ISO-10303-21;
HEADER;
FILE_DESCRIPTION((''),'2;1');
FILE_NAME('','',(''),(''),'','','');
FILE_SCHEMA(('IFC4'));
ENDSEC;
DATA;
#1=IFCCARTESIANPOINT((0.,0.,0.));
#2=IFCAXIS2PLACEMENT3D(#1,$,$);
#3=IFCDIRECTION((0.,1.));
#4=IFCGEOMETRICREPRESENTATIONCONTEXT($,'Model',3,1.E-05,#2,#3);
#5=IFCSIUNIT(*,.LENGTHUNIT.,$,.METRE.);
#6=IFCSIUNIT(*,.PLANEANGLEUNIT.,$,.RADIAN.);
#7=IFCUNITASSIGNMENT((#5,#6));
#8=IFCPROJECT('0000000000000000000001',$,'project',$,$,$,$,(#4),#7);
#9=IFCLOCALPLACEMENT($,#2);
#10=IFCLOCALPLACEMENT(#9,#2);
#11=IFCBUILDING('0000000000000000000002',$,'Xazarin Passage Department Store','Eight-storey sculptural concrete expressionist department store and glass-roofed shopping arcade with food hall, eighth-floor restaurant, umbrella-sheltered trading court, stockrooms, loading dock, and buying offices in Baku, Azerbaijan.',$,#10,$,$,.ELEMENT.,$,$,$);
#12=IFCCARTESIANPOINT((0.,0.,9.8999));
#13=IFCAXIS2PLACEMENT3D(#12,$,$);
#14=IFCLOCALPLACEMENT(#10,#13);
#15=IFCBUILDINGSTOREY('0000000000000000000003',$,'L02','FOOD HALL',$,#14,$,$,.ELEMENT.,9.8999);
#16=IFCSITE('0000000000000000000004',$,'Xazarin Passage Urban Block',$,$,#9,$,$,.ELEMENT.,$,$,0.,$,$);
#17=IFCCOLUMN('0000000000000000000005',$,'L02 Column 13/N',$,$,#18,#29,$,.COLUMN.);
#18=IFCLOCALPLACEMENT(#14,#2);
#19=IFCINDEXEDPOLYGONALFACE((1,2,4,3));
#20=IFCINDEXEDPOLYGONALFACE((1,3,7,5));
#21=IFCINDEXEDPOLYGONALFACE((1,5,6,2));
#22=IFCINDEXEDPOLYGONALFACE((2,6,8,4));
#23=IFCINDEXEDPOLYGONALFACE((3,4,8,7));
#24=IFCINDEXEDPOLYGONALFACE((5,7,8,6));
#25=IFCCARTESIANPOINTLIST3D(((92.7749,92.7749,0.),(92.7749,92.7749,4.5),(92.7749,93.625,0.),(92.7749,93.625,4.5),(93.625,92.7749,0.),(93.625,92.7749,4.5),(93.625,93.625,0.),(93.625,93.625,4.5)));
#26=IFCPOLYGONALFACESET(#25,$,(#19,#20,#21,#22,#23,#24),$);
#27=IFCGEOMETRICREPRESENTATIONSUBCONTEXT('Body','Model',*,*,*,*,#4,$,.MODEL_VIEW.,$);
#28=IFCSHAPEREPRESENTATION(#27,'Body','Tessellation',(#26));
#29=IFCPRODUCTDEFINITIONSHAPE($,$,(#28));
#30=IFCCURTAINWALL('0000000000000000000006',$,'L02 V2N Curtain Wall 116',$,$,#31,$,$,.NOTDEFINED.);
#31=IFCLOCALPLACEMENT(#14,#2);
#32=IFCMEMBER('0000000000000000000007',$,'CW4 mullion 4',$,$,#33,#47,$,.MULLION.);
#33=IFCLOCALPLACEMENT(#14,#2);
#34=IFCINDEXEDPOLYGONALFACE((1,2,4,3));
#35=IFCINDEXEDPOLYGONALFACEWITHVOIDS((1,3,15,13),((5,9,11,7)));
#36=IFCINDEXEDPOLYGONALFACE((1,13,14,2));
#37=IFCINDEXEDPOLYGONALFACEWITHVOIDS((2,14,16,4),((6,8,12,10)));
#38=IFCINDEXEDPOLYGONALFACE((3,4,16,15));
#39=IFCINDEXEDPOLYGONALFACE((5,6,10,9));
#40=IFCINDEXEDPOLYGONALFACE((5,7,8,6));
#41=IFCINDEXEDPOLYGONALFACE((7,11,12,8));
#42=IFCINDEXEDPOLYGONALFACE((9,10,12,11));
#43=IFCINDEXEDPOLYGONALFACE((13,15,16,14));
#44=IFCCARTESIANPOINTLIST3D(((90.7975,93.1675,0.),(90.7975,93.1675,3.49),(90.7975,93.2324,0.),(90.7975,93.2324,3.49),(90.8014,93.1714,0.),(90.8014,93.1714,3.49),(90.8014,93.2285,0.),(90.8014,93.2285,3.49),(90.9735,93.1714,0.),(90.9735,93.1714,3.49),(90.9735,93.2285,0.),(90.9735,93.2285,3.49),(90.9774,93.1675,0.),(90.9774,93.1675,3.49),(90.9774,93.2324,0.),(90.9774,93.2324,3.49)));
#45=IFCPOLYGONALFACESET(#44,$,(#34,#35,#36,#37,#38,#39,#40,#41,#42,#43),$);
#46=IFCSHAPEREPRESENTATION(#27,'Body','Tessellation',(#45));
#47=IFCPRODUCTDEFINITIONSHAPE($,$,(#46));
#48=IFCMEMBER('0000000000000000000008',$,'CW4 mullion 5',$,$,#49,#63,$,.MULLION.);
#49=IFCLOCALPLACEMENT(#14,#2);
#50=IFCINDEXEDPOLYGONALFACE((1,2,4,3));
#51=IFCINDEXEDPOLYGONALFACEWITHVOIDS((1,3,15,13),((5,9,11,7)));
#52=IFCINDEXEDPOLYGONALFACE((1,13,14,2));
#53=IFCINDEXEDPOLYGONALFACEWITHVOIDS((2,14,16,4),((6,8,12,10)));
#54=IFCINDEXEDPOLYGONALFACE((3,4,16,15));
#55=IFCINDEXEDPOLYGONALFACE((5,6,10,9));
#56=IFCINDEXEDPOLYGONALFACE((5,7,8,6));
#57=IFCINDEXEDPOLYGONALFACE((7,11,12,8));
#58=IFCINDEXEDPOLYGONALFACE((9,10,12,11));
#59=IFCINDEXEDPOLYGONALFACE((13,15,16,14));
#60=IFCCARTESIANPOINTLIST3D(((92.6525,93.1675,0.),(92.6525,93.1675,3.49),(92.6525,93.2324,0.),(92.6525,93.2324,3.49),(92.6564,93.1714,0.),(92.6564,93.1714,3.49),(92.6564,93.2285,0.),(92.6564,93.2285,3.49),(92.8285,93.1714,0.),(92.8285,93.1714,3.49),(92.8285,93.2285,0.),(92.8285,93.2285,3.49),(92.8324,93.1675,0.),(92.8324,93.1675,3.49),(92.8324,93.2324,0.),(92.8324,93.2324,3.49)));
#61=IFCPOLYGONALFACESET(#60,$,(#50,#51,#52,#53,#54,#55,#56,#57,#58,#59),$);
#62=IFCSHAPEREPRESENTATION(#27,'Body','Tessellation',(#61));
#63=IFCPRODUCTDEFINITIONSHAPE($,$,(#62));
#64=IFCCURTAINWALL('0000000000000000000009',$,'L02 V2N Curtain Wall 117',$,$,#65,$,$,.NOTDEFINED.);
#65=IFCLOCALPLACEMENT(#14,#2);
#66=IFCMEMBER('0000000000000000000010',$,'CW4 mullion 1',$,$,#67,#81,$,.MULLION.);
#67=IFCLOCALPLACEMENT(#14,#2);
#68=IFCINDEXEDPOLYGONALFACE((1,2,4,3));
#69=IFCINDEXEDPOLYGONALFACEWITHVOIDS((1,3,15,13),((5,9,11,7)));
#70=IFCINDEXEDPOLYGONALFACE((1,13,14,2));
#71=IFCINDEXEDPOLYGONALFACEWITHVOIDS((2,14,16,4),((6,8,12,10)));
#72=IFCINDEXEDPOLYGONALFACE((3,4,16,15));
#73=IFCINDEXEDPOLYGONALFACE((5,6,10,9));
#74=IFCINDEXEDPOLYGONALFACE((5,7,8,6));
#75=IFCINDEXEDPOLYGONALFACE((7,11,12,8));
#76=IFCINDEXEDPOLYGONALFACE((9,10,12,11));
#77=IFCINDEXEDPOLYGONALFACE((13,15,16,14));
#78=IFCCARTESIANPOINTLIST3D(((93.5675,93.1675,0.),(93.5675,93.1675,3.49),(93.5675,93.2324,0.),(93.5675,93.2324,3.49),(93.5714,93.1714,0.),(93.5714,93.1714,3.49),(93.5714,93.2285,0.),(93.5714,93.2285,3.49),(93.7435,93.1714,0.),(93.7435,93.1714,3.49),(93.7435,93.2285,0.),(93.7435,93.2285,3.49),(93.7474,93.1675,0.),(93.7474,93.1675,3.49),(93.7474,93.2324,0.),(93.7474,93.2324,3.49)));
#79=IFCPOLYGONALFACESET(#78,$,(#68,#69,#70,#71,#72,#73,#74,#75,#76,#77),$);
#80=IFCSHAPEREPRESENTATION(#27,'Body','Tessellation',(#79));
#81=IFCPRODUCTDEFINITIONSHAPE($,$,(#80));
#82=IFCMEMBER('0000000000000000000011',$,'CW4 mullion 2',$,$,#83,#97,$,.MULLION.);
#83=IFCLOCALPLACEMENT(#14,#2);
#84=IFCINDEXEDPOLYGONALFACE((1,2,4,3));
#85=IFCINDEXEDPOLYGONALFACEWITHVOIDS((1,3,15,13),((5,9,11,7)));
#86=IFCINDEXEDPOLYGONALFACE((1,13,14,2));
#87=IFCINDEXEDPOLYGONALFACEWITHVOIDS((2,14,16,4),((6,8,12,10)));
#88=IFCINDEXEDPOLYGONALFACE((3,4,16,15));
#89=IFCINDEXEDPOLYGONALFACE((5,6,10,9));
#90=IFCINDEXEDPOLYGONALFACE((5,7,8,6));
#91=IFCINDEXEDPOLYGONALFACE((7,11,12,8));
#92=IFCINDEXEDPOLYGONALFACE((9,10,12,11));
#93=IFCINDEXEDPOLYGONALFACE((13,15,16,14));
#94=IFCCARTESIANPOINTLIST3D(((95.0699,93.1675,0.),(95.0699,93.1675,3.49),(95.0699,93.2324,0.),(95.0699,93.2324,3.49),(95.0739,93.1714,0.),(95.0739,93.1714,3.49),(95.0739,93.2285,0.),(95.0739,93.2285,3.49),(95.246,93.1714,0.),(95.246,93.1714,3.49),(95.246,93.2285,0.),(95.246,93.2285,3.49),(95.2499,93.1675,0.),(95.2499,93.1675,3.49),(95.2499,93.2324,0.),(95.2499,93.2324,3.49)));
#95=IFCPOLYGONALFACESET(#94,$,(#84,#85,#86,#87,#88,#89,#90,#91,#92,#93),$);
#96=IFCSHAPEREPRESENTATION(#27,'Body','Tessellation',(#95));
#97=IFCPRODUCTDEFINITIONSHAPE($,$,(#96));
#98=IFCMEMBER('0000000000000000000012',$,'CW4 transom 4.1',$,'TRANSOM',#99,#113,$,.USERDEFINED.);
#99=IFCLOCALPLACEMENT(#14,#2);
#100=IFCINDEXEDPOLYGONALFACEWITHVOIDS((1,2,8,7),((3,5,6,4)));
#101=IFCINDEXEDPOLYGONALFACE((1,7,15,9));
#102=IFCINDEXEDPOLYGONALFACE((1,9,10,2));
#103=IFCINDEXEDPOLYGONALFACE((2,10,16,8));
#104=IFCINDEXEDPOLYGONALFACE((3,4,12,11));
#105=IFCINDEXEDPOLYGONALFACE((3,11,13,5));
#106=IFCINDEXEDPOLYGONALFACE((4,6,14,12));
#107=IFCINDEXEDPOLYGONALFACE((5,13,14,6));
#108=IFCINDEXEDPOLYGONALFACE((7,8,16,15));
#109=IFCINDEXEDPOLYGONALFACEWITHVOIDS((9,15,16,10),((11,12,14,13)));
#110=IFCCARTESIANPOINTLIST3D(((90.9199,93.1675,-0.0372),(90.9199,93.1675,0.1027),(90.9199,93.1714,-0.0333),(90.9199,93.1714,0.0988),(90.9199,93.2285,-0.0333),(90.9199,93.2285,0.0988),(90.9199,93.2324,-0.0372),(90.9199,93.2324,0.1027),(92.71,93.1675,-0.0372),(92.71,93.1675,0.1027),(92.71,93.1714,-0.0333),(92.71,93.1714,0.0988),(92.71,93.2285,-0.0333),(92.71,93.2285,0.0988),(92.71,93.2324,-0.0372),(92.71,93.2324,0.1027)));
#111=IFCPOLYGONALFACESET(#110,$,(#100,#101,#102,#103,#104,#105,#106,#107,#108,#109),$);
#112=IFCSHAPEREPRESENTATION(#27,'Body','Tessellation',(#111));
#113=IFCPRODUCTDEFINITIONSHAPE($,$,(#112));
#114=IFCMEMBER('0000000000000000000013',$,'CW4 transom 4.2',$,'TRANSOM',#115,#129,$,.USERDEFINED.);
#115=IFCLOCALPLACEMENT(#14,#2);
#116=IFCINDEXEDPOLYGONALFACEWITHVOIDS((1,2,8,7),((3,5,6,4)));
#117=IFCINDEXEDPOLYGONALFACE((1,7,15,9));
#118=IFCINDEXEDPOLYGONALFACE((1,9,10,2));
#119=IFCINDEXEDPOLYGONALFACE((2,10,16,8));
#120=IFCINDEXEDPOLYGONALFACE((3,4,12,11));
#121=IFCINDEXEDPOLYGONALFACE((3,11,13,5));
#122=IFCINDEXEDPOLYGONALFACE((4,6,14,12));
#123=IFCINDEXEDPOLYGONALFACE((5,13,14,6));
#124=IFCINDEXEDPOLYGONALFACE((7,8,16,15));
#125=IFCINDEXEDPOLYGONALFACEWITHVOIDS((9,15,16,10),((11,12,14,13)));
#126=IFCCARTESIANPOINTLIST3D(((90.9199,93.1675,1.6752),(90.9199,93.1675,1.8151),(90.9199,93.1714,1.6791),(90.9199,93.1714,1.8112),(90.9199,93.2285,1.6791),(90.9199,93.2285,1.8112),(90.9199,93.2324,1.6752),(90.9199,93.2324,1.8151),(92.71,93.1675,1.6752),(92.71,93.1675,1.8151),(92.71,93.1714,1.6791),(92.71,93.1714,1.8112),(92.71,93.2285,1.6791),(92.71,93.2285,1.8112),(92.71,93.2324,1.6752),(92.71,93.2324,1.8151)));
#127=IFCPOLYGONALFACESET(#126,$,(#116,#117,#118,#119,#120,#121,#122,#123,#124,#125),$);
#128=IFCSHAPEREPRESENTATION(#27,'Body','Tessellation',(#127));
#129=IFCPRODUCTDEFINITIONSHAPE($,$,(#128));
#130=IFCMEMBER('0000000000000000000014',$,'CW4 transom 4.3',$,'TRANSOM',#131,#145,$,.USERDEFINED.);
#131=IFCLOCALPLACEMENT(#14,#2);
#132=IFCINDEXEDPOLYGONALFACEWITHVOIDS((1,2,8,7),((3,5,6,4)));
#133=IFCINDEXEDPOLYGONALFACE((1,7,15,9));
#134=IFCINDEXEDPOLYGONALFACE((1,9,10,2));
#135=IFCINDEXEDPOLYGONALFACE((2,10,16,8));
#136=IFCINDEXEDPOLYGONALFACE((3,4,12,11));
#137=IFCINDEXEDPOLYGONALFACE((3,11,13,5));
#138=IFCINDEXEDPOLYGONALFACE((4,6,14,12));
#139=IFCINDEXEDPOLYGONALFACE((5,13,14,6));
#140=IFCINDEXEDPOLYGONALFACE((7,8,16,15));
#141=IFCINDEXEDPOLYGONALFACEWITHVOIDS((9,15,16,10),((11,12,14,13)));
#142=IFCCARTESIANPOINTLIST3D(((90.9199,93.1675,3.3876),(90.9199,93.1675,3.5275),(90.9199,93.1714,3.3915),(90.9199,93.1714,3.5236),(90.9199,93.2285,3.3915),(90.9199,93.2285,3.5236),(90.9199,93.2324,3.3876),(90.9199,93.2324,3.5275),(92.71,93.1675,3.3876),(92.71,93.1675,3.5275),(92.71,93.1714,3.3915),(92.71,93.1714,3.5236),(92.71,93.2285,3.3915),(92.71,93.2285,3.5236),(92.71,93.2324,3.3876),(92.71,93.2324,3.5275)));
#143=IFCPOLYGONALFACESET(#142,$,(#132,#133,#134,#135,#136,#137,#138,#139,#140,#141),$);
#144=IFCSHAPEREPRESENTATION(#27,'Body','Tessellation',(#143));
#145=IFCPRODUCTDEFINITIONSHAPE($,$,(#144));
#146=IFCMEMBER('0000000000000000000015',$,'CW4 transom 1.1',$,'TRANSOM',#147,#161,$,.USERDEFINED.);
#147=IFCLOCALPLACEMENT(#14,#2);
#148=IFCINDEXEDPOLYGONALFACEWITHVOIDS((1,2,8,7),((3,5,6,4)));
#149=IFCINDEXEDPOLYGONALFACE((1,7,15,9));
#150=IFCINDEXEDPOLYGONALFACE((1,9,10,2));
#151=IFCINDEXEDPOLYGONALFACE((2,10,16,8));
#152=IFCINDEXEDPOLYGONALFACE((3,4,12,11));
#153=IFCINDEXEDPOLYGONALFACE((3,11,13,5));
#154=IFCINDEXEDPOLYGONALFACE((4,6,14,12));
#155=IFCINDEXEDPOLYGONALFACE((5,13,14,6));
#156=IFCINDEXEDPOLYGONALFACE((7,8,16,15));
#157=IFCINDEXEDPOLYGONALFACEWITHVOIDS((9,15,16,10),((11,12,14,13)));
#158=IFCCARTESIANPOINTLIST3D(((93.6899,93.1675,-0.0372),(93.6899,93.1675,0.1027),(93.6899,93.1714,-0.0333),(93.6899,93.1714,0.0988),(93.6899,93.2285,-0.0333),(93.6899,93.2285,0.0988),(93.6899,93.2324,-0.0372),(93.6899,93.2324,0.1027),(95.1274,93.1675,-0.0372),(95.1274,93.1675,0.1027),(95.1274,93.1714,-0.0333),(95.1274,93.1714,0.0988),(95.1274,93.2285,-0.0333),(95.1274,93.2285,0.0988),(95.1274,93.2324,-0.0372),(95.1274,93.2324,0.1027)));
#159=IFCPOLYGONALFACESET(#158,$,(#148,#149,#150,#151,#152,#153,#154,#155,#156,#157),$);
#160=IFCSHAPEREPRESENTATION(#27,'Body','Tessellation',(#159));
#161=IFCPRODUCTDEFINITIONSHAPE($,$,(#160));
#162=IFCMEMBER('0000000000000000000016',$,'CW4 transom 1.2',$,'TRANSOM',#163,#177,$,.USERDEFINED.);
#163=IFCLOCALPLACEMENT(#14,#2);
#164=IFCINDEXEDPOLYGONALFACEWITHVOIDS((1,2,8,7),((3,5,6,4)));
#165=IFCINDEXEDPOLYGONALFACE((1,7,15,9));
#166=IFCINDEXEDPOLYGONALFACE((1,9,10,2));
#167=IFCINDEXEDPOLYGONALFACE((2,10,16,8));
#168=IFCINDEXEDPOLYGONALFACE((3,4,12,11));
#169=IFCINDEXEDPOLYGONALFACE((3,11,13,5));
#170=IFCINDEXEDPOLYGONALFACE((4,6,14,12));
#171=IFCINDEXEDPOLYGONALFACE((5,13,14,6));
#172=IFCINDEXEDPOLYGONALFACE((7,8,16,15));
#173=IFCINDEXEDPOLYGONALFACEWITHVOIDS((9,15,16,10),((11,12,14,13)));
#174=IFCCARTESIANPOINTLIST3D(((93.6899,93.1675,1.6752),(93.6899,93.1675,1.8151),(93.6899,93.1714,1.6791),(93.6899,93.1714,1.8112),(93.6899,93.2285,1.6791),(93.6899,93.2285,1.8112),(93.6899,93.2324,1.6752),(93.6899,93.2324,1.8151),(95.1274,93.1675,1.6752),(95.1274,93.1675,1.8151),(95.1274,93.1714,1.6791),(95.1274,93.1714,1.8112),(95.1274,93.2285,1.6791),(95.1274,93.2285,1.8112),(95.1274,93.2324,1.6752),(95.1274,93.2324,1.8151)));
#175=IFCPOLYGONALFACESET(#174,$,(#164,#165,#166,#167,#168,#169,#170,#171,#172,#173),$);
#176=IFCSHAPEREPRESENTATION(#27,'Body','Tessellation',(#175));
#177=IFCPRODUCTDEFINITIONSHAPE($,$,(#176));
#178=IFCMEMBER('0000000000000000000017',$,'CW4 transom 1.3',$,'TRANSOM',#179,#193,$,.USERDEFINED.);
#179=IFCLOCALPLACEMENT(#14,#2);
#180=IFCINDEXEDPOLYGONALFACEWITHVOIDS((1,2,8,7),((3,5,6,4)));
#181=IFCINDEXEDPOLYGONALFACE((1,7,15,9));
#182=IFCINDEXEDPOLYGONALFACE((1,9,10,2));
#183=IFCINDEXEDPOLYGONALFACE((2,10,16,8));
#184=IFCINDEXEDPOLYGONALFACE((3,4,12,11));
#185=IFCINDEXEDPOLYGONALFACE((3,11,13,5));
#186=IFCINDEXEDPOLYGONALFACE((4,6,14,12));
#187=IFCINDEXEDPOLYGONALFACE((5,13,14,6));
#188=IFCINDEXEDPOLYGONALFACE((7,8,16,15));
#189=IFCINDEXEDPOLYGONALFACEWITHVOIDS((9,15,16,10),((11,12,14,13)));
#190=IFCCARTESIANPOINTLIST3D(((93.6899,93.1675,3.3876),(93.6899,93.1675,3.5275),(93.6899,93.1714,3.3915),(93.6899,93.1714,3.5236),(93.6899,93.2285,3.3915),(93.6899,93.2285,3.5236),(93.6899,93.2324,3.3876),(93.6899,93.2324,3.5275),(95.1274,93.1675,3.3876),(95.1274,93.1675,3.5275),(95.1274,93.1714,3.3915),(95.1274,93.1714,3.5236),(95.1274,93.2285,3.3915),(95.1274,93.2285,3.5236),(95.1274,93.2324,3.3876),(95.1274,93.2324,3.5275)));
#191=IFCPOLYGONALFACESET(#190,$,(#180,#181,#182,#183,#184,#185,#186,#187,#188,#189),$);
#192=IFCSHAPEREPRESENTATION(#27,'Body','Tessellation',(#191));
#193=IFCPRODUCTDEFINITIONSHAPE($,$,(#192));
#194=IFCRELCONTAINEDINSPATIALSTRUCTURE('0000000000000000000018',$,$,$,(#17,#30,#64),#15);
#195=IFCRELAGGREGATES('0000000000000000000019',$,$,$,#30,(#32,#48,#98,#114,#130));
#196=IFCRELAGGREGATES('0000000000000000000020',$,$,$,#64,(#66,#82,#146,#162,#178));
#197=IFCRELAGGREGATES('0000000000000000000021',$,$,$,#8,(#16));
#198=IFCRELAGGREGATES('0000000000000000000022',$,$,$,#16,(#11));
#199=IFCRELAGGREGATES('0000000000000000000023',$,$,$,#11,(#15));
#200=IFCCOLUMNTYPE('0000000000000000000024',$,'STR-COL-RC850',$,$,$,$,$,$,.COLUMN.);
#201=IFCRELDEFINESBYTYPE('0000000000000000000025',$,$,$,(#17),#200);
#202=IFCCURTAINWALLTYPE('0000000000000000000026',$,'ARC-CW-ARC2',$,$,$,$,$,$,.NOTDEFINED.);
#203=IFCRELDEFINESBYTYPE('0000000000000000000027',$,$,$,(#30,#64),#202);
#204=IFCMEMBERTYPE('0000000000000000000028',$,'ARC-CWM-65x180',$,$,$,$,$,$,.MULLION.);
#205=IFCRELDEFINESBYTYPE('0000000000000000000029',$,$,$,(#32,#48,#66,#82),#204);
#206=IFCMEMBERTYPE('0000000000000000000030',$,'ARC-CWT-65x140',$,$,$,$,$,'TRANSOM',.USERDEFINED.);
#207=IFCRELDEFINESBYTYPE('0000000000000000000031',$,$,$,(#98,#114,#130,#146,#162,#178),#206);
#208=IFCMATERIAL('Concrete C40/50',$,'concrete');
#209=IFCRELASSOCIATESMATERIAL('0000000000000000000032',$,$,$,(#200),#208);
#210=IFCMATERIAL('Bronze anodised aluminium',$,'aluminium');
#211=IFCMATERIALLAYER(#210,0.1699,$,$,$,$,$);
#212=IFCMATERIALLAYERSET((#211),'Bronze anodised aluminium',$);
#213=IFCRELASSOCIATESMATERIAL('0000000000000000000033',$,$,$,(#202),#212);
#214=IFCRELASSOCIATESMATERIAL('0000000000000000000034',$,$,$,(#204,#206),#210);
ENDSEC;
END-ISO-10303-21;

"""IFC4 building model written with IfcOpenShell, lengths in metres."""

from ifc_helpers import new_model, si_unit, direction, frame, origin, origin_2d, place, context, subcontext, project, spatial, rectangle, hollow_rectangle, extrude, material, layer, layer_set, material_profile, profile_set, type_object, element, aggregate, save


model = new_model("IFC4")

# Units and contexts
model_context = context("Model", 3, precision=1e-05, world=origin(), true_north=direction((0.0, 1.0)))
body_context = subcontext(model_context, "Body", "Model", "MODEL_VIEW")
ifc_project = project(units=[si_unit("LENGTHUNIT", "METRE"), si_unit("PLANEANGLEUNIT", "RADIAN")], contexts=[model_context])

# Site, building, storey
site_placement = place(None, origin())
site = spatial("IfcSite", under=ifc_project, at=site_placement, Name="Xazarin Passage Urban Block", CompositionType="ELEMENT", RefElevation=0.0)
building_placement = place(site_placement, origin())
building = spatial("IfcBuilding", under=site, at=building_placement, Name="Xazarin Passage Department Store", Description="Eight-storey sculptural concrete expressionist department store and glass-roofed shopping arcade with food hall, eighth-floor restaurant, umbrella-sheltered trading court, stockrooms, loading dock, and buying offices in Baku, Azerbaijan.", CompositionType="ELEMENT")
storey_placement = place(building_placement, frame((0.0, 0.0, 9.8999)))
storey = spatial("IfcBuildingStorey", under=building, at=storey_placement, Name="L02", Description="FOOD HALL", CompositionType="ELEMENT", Elevation=9.8999)

# Column
ifc_material_1 = material(Name="Concrete C40/50", Category="concrete")
ifc_material_profile_1 = material_profile(ifc_material_1, rectangle(XDim=0.8501, YDim=0.8501, at=origin_2d()), Name="RC 850x850")
ifc_profile_set_1 = profile_set([ifc_material_profile_1], Name="Concrete C40/50")
column_type = type_object("IfcColumnType", Name="STR-COL-RC850", PredefinedType="COLUMN", material=ifc_profile_set_1)
column_placement = place(storey_placement, frame((93.2, 93.2, 0.0), z_axis=(0.0, 0.0, 1.0), x_axis=(1.0, 0.0, 0.0)))
element("IfcColumn", 1, at=column_placement, inside=storey, type_object=column_type, Name="L02 Column 13/N", PredefinedType="COLUMN", context=body_context, shape_type="SweptSolid", body=[
    extrude(rectangle(XDim=0.8501, YDim=0.8501, at=origin_2d()), origin(), (0.0, 0.0, 1.0), 4.5),
])

# Curtain walls, members
ifc_material_2 = material(Name="Bronze anodised aluminium", Category="aluminium")
ifc_layer_1 = layer(ifc_material_2, 0.1699)
ifc_layer_set_1 = layer_set([ifc_layer_1], Name="Bronze anodised aluminium")
curtain_wall_type = type_object("IfcCurtainWallType", Name="ARC-CW-ARC2", PredefinedType="NOTDEFINED", material=ifc_layer_set_1)
curtain_wall_1_placement = place(storey_placement, origin())
curtain_wall_1 = element("IfcCurtainWall", 2, at=curtain_wall_1_placement, inside=storey, type_object=curtain_wall_type, Name="L02 V2N Curtain Wall 116", PredefinedType="NOTDEFINED")
ifc_material_profile_2 = material_profile(ifc_material_2, hollow_rectangle(XDim=0.0649, YDim=0.1799, WallThickness=0.0039, at=origin_2d()), Name="ALU 65x180")
ifc_profile_set_2 = profile_set([ifc_material_profile_2], Name="Bronze anodised aluminium")
member_type_1 = type_object("IfcMemberType", Name="ARC-CWM-65x180", PredefinedType="MULLION", material=ifc_profile_set_2)
member_1_placement = place(storey_placement, frame((90.8875, 93.2, 0.0), z_axis=(0.0, 0.0, 1.0), x_axis=(0.0, 1.0, 0.0)))
member_1 = element("IfcMember", 3, at=member_1_placement, type_object=member_type_1, Name="CW4 mullion 4", PredefinedType="MULLION", context=body_context, shape_type="SweptSolid", body=[
    extrude(hollow_rectangle(XDim=0.0649, YDim=0.1799, WallThickness=0.0039, at=origin_2d()), origin(), (0.0, 0.0, 1.0), 3.49),
])
member_2_placement = place(storey_placement, frame((92.7424, 93.2, 0.0), z_axis=(0.0, 0.0, 1.0), x_axis=(0.0, 1.0, 0.0)))
member_2 = element("IfcMember", 4, at=member_2_placement, type_object=member_type_1, Name="CW4 mullion 5", PredefinedType="MULLION", context=body_context, shape_type="SweptSolid", body=[
    extrude(hollow_rectangle(XDim=0.0649, YDim=0.1799, WallThickness=0.0039, at=origin_2d()), origin(), (0.0, 0.0, 1.0), 3.49),
])
curtain_wall_2_placement = place(storey_placement, origin())
curtain_wall_2 = element("IfcCurtainWall", 5, at=curtain_wall_2_placement, inside=storey, type_object=curtain_wall_type, Name="L02 V2N Curtain Wall 117", PredefinedType="NOTDEFINED")
member_3_placement = place(storey_placement, frame((93.6575, 93.2, 0.0), z_axis=(0.0, 0.0, 1.0), x_axis=(0.0, 1.0, 0.0)))
member_3 = element("IfcMember", 6, at=member_3_placement, type_object=member_type_1, Name="CW4 mullion 1", PredefinedType="MULLION", context=body_context, shape_type="SweptSolid", body=[
    extrude(hollow_rectangle(XDim=0.0649, YDim=0.1799, WallThickness=0.0039, at=origin_2d()), origin(), (0.0, 0.0, 1.0), 3.49),
])
member_4_placement = place(storey_placement, frame((95.1599, 93.2, 0.0), z_axis=(0.0, 0.0, 1.0), x_axis=(0.0, 1.0, 0.0)))
member_4 = element("IfcMember", 7, at=member_4_placement, type_object=member_type_1, Name="CW4 mullion 2", PredefinedType="MULLION", context=body_context, shape_type="SweptSolid", body=[
    extrude(hollow_rectangle(XDim=0.0649, YDim=0.1799, WallThickness=0.0039, at=origin_2d()), origin(), (0.0, 0.0, 1.0), 3.49),
])

# Members
ifc_material_profile_3 = material_profile(ifc_material_2, hollow_rectangle(XDim=0.0649, YDim=0.1399, WallThickness=0.0039, at=origin_2d()), Name="ALU 65x140")
ifc_profile_set_3 = profile_set([ifc_material_profile_3], Name="Bronze anodised aluminium")
member_type_2 = type_object("IfcMemberType", Name="ARC-CWT-65x140", ElementType="TRANSOM", PredefinedType="USERDEFINED", material=ifc_profile_set_3)
member_5_placement = place(storey_placement, frame((90.9199, 93.2, 0.0327), z_axis=(1.0, 0.0, 0.0), x_axis=(0.0, 1.0, 0.0)))
member_5 = element("IfcMember", 8, at=member_5_placement, type_object=member_type_2, Name="CW4 transom 4.1", ObjectType="TRANSOM", PredefinedType="USERDEFINED", context=body_context, shape_type="SweptSolid", body=[
    extrude(hollow_rectangle(XDim=0.0649, YDim=0.1399, WallThickness=0.0039, at=origin_2d()), origin(), (0.0, 0.0, 1.0), 1.79),
])
member_6_placement = place(storey_placement, frame((90.9199, 93.2, 1.7451), z_axis=(1.0, 0.0, 0.0), x_axis=(0.0, 1.0, 0.0)))
member_6 = element("IfcMember", 9, at=member_6_placement, type_object=member_type_2, Name="CW4 transom 4.2", ObjectType="TRANSOM", PredefinedType="USERDEFINED", context=body_context, shape_type="SweptSolid", body=[
    extrude(hollow_rectangle(XDim=0.0649, YDim=0.1399, WallThickness=0.0039, at=origin_2d()), origin(), (0.0, 0.0, 1.0), 1.79),
])
member_7_placement = place(storey_placement, frame((90.9199, 93.2, 3.4575), z_axis=(1.0, 0.0, 0.0), x_axis=(0.0, 1.0, 0.0)))
member_7 = element("IfcMember", 10, at=member_7_placement, type_object=member_type_2, Name="CW4 transom 4.3", ObjectType="TRANSOM", PredefinedType="USERDEFINED", context=body_context, shape_type="SweptSolid", body=[
    extrude(hollow_rectangle(XDim=0.0649, YDim=0.1399, WallThickness=0.0039, at=origin_2d()), origin(), (0.0, 0.0, 1.0), 1.79),
])
member_8_placement = place(storey_placement, frame((93.6899, 93.2, 0.0327), z_axis=(1.0, 0.0, 0.0), x_axis=(0.0, 1.0, 0.0)))
member_8 = element("IfcMember", 11, at=member_8_placement, type_object=member_type_2, Name="CW4 transom 1.1", ObjectType="TRANSOM", PredefinedType="USERDEFINED", context=body_context, shape_type="SweptSolid", body=[
    extrude(hollow_rectangle(XDim=0.0649, YDim=0.1399, WallThickness=0.0039, at=origin_2d()), origin(), (0.0, 0.0, 1.0), 1.4375),
])
member_9_placement = place(storey_placement, frame((93.6899, 93.2, 1.7451), z_axis=(1.0, 0.0, 0.0), x_axis=(0.0, 1.0, 0.0)))
member_9 = element("IfcMember", 12, at=member_9_placement, type_object=member_type_2, Name="CW4 transom 1.2", ObjectType="TRANSOM", PredefinedType="USERDEFINED", context=body_context, shape_type="SweptSolid", body=[
    extrude(hollow_rectangle(XDim=0.0649, YDim=0.1399, WallThickness=0.0039, at=origin_2d()), origin(), (0.0, 0.0, 1.0), 1.4375),
])
member_10_placement = place(storey_placement, frame((93.6899, 93.2, 3.4575), z_axis=(1.0, 0.0, 0.0), x_axis=(0.0, 1.0, 0.0)))
member_10 = element("IfcMember", 13, at=member_10_placement, type_object=member_type_2, Name="CW4 transom 1.3", ObjectType="TRANSOM", PredefinedType="USERDEFINED", context=body_context, shape_type="SweptSolid", body=[
    extrude(hollow_rectangle(XDim=0.0649, YDim=0.1399, WallThickness=0.0039, at=origin_2d()), origin(), (0.0, 0.0, 1.0), 1.4375),
])

aggregate(curtain_wall_1, [member_1, member_2, member_5, member_6, member_7])
aggregate(curtain_wall_2, [member_3, member_4, member_8, member_9, member_10])

save(model, "model.ifc")
